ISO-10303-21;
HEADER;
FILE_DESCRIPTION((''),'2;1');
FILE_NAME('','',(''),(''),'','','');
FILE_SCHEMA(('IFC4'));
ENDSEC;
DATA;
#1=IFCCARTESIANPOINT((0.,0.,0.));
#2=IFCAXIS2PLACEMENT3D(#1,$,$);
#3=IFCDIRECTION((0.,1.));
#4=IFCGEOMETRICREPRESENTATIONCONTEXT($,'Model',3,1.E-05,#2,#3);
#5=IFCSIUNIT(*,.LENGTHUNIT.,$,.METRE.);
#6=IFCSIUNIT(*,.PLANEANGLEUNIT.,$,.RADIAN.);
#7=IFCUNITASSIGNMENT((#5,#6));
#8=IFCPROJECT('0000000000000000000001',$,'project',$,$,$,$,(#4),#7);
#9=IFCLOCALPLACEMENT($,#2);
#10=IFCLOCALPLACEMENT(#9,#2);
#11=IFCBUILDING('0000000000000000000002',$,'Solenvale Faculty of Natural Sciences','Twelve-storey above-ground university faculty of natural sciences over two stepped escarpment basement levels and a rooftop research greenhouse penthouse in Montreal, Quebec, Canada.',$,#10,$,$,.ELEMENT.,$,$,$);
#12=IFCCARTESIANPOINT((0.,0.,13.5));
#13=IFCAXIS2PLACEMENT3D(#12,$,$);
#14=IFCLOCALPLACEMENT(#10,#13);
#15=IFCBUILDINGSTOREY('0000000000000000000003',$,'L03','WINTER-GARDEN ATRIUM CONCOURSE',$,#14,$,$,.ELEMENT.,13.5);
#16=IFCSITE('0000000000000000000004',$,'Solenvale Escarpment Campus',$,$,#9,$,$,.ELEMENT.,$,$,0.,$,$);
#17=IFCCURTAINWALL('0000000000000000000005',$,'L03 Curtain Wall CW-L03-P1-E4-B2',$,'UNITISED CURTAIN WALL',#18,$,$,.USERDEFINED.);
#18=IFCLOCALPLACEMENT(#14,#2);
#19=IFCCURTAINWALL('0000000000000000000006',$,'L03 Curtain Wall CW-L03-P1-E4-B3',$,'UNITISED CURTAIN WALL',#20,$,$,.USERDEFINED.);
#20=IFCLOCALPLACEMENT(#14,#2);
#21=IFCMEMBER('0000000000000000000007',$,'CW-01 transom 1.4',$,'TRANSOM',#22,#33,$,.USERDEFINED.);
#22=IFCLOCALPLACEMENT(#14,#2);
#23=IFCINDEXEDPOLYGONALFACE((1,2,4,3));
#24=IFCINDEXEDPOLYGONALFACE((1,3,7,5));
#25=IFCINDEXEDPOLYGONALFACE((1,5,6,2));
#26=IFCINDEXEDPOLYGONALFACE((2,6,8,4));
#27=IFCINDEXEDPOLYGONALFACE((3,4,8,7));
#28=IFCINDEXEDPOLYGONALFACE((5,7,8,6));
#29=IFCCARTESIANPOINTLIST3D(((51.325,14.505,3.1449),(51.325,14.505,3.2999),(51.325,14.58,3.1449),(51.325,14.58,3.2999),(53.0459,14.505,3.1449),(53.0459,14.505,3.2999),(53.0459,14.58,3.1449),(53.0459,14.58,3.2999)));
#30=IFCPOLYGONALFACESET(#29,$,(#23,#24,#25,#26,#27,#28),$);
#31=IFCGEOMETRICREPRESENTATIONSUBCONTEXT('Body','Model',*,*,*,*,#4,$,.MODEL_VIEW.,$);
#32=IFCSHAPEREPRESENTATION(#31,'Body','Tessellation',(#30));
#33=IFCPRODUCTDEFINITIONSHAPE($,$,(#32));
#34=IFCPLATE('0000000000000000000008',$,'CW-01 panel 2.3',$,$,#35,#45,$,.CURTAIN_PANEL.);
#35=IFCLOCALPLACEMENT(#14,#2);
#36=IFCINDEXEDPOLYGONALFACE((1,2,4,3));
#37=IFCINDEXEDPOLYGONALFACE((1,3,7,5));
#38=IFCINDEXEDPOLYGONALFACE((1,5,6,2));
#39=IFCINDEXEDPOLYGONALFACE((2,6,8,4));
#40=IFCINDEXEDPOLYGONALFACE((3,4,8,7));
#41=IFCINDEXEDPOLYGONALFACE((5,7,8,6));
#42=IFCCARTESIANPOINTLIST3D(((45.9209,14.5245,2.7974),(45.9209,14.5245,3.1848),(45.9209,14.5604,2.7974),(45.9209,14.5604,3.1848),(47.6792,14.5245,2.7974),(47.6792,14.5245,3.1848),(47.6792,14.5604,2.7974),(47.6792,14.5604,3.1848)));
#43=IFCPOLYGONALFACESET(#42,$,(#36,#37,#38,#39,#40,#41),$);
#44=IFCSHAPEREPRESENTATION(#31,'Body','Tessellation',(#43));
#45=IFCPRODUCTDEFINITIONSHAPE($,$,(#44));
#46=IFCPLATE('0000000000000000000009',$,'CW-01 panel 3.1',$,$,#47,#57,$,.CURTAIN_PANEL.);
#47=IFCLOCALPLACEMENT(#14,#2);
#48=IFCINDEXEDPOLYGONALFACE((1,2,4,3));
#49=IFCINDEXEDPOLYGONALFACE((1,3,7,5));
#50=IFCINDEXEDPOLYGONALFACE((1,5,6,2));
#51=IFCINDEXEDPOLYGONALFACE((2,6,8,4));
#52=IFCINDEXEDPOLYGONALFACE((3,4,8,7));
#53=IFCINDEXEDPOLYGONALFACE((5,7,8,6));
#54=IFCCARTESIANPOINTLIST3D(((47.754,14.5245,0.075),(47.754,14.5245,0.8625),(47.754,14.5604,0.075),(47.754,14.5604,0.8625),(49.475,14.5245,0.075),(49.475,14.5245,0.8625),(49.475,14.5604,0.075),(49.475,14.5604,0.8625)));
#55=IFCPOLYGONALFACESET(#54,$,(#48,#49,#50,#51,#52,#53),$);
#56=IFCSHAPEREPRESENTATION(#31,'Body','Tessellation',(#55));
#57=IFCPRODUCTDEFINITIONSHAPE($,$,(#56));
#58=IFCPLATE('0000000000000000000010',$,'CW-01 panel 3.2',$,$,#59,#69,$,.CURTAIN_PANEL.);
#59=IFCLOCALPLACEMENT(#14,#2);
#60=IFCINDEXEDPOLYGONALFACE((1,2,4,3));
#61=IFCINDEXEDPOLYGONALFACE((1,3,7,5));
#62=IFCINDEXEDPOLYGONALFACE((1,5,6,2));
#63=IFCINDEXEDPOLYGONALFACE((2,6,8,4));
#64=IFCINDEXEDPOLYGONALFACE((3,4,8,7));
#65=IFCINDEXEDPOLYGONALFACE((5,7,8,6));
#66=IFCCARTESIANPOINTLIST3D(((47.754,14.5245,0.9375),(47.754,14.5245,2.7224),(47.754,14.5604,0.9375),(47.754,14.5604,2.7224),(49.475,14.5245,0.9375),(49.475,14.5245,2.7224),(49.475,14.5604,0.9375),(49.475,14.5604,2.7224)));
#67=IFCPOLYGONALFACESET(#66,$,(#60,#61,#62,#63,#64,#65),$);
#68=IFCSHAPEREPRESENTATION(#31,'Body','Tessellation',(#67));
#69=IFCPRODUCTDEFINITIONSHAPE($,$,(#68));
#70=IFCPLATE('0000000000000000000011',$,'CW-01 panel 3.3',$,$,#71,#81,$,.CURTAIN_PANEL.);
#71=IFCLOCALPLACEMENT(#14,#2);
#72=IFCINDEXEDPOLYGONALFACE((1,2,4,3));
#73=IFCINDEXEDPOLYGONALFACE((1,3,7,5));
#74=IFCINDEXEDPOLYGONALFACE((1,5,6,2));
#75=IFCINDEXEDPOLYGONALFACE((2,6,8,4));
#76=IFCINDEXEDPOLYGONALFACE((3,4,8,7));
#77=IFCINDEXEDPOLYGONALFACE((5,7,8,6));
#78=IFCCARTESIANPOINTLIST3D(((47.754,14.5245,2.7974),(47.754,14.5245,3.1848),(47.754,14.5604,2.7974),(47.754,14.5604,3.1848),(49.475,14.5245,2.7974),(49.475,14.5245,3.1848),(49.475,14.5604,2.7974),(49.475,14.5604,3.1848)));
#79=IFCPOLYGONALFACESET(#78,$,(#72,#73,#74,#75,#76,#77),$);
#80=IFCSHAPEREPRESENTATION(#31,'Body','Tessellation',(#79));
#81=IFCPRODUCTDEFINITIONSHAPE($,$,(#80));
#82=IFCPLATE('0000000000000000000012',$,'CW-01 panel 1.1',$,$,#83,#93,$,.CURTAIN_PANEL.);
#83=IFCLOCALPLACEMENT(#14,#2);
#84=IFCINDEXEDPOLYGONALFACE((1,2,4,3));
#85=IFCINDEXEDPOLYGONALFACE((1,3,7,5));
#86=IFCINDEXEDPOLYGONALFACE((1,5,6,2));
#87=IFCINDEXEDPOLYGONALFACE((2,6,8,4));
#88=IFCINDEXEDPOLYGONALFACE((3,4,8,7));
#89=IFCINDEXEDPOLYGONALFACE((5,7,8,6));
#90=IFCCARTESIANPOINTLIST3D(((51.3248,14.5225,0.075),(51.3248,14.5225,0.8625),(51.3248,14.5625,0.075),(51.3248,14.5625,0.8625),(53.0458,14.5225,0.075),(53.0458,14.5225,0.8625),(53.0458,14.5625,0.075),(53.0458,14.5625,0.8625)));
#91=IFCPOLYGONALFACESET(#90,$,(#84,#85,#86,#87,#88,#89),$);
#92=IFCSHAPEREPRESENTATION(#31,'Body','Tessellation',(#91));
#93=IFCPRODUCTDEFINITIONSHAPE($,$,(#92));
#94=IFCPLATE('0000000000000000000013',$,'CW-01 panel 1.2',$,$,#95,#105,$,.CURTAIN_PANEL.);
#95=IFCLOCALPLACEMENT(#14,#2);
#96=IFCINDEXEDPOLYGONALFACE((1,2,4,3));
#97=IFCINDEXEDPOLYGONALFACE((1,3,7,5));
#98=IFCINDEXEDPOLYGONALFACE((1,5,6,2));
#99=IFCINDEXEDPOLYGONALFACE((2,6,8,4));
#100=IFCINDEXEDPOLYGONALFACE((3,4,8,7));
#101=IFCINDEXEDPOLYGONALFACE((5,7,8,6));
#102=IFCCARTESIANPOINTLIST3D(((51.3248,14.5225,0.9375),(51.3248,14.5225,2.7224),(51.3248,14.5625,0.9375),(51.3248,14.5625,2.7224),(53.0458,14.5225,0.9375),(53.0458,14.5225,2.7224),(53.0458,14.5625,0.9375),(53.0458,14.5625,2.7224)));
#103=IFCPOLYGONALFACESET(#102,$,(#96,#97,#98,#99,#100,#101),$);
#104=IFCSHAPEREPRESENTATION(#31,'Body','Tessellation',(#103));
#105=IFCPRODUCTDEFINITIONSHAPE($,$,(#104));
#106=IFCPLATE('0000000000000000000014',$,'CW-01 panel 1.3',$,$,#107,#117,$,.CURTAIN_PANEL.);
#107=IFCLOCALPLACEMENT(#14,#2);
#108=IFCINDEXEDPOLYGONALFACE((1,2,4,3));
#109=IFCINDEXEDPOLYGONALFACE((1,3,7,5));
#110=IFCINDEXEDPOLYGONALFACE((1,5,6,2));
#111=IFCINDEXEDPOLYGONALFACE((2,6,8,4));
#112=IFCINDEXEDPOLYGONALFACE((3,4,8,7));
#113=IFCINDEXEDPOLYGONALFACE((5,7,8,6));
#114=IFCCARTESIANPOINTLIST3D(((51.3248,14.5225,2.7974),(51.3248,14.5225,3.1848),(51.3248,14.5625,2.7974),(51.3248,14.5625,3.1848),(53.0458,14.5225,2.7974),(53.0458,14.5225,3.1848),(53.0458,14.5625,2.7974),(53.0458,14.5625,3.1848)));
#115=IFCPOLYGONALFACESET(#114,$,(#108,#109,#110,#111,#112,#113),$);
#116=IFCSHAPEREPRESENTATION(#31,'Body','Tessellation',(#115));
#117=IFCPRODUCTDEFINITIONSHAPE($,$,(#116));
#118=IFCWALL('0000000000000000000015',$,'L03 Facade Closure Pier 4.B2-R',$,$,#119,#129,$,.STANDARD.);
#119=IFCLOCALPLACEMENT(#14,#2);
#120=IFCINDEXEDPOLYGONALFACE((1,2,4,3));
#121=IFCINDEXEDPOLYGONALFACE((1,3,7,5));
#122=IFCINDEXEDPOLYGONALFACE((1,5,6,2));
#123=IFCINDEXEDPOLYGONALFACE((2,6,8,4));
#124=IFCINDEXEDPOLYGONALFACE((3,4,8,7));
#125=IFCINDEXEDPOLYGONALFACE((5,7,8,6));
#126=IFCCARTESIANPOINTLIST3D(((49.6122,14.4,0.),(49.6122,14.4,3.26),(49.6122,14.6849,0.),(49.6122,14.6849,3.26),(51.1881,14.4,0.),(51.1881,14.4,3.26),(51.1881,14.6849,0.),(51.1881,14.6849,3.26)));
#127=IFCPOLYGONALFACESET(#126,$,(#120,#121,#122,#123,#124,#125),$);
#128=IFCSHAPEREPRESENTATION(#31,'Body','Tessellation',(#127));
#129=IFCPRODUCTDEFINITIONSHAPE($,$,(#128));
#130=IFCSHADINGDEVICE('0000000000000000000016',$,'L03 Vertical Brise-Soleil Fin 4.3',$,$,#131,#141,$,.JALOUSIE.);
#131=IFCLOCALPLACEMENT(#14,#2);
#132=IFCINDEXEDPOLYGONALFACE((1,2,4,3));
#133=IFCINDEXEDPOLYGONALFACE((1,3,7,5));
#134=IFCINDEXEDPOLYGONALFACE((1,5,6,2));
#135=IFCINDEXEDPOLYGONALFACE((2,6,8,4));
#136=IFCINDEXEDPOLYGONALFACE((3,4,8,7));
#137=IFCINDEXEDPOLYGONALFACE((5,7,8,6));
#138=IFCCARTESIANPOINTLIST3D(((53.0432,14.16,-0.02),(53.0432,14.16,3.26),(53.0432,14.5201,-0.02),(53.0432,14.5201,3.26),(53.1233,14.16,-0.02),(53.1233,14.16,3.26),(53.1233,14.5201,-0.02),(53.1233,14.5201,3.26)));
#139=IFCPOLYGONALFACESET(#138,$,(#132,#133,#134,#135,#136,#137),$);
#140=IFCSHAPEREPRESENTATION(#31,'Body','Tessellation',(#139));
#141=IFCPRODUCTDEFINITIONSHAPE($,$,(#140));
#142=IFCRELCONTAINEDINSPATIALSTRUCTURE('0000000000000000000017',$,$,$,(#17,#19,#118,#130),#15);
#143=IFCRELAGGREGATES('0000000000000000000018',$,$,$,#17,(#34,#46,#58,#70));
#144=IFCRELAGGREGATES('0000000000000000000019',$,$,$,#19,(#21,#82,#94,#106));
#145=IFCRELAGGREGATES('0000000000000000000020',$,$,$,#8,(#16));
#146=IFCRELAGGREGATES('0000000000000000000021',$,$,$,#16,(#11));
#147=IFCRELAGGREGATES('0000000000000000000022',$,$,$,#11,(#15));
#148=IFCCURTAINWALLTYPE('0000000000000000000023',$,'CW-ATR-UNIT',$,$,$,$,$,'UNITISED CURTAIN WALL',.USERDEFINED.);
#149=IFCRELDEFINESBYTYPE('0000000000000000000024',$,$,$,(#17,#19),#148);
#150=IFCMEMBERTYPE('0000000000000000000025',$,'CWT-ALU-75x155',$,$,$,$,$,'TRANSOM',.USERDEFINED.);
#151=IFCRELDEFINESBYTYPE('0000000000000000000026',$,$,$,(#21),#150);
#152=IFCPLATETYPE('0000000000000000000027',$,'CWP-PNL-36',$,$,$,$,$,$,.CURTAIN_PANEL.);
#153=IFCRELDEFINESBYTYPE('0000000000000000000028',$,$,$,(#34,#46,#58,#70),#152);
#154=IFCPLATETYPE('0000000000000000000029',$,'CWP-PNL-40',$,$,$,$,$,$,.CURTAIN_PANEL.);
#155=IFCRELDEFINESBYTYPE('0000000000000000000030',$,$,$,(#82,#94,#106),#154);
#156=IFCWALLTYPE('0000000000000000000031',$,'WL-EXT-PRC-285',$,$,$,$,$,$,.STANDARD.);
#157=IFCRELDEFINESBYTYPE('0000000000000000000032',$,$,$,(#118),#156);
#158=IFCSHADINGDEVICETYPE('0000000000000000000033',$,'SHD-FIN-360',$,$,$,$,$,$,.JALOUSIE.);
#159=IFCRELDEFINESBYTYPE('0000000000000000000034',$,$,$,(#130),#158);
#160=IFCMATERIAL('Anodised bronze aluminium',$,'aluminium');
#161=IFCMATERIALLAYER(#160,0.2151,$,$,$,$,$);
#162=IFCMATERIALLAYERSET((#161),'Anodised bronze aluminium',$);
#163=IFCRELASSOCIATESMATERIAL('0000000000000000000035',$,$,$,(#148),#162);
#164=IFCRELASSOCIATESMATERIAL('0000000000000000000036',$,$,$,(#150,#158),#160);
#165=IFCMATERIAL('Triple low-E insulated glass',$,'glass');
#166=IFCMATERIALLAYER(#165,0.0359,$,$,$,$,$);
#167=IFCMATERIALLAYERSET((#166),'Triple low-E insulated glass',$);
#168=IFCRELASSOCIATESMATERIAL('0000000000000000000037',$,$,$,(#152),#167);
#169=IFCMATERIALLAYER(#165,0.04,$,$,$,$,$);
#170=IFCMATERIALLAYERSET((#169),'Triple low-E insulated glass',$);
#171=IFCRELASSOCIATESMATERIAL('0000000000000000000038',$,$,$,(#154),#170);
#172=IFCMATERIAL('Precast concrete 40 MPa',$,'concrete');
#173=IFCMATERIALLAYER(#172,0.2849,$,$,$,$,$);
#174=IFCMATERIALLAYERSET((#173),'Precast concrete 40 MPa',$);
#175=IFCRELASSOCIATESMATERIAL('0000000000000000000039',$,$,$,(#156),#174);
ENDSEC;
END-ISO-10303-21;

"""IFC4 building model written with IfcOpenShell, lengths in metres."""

from ifc_helpers import new_model, si_unit, direction, frame, frame_2d, origin, origin_2d, place, context, subcontext, project, spatial, rectangle, extrude, material, layer, layer_set, material_profile, profile_set, type_object, element, aggregate, save


model = new_model("IFC4")

# Units and contexts
model_context = context("Model", 3, precision=1e-05, world=origin(), true_north=direction((0.0, 1.0)))
body_context = subcontext(model_context, "Body", "Model", "MODEL_VIEW")
ifc_project = project(units=[si_unit("LENGTHUNIT", "METRE"), si_unit("PLANEANGLEUNIT", "RADIAN")], contexts=[model_context])

# Site, building, storey
site_placement = place(None, origin())
site = spatial("IfcSite", under=ifc_project, at=site_placement, Name="Solenvale Escarpment Campus", CompositionType="ELEMENT", RefElevation=0.0)
building_placement = place(site_placement, origin())
building = spatial("IfcBuilding", under=site, at=building_placement, Name="Solenvale Faculty of Natural Sciences", Description="Twelve-storey above-ground university faculty of natural sciences over two stepped escarpment basement levels and a rooftop research greenhouse penthouse in Montreal, Quebec, Canada.", CompositionType="ELEMENT")
storey_placement = place(building_placement, frame((0.0, 0.0, 13.5)))
storey = spatial("IfcBuildingStorey", under=building, at=storey_placement, Name="L03", Description="WINTER-GARDEN ATRIUM CONCOURSE", CompositionType="ELEMENT", Elevation=13.5)

# Curtain walls
ifc_material_1 = material(Name="Anodised bronze aluminium", Category="aluminium")
ifc_layer_1 = layer(ifc_material_1, 0.2151)
ifc_layer_set_1 = layer_set([ifc_layer_1], Name="Anodised bronze aluminium")
curtain_wall_type = type_object("IfcCurtainWallType", Name="CW-ATR-UNIT", ElementType="UNITISED CURTAIN WALL", PredefinedType="USERDEFINED", material=ifc_layer_set_1)
curtain_wall_1_placement = place(storey_placement, origin())
curtain_wall_1 = element("IfcCurtainWall", 1, at=curtain_wall_1_placement, inside=storey, type_object=curtain_wall_type, Name="L03 Curtain Wall CW-L03-P1-E4-B2", ObjectType="UNITISED CURTAIN WALL", PredefinedType="USERDEFINED")
curtain_wall_2_placement = place(storey_placement, origin())
curtain_wall_2 = element("IfcCurtainWall", 2, at=curtain_wall_2_placement, inside=storey, type_object=curtain_wall_type, Name="L03 Curtain Wall CW-L03-P1-E4-B3", ObjectType="UNITISED CURTAIN WALL", PredefinedType="USERDEFINED")

# Member
ifc_material_profile_1 = material_profile(ifc_material_1, rectangle(XDim=0.075, YDim=0.155, at=origin_2d()), Name="ALU-TRN-75x155")
ifc_profile_set_1 = profile_set([ifc_material_profile_1], Name="Anodised bronze aluminium")
member_type_1 = type_object("IfcMemberType", Name="CWT-ALU-75x155", ElementType="TRANSOM", PredefinedType="USERDEFINED", material=ifc_profile_set_1)
member_1_placement = place(storey_placement, frame((51.325, 14.5425, 3.2224), z_axis=(1.0, 0.0, 0.0), x_axis=(0.0, 1.0, 0.0)))
member_1 = element("IfcMember", 3, at=member_1_placement, type_object=member_type_1, Name="CW-01 transom 1.4", ObjectType="TRANSOM", PredefinedType="USERDEFINED", context=body_context, shape_type="SweptSolid", body=[
    extrude(rectangle(XDim=0.075, YDim=0.155, at=origin_2d()), origin(), (0.0, 0.0, 1.0), 1.7209),
])

# Plates
ifc_material_2 = material(Name="Triple low-E insulated glass", Category="glass")
ifc_layer_2 = layer(ifc_material_2, 0.0359)
ifc_layer_set_2 = layer_set([ifc_layer_2], Name="Triple low-E insulated glass")
plate_type_1 = type_object("IfcPlateType", Name="CWP-PNL-36", PredefinedType="CURTAIN_PANEL", material=ifc_layer_set_2)
plate_1_placement = place(storey_placement, frame((46.8, 14.5425, 2.7974), z_axis=(0.0, 0.0, 1.0), x_axis=(1.0, 0.0, 0.0)))
plate_1 = element("IfcPlate", 4, at=plate_1_placement, type_object=plate_type_1, Name="CW-01 panel 2.3", PredefinedType="CURTAIN_PANEL", context=body_context, shape_type="SweptSolid", body=[
    extrude(rectangle(XDim=1.7583, YDim=0.0359, at=origin_2d()), origin(), (0.0, 0.0, 1.0), 0.3875),
])
plate_2_placement = place(storey_placement, frame((48.6145, 14.5425, 0.075), z_axis=(0.0, 0.0, 1.0), x_axis=(1.0, 0.0, 0.0)))
plate_2 = element("IfcPlate", 5, at=plate_2_placement, type_object=plate_type_1, Name="CW-01 panel 3.1", PredefinedType="CURTAIN_PANEL", context=body_context, shape_type="SweptSolid", body=[
    extrude(rectangle(XDim=1.7209, YDim=0.0359, at=origin_2d()), origin(), (0.0, 0.0, 1.0), 0.7876),
])
plate_3_placement = place(storey_placement, frame((48.6145, 14.5425, 0.9375), z_axis=(0.0, 0.0, 1.0), x_axis=(1.0, 0.0, 0.0)))
plate_3 = element("IfcPlate", 6, at=plate_3_placement, type_object=plate_type_1, Name="CW-01 panel 3.2", PredefinedType="CURTAIN_PANEL", context=body_context, shape_type="SweptSolid", body=[
    extrude(rectangle(XDim=1.7209, YDim=0.0359, at=origin_2d()), origin(), (0.0, 0.0, 1.0), 1.7849),
])
plate_4_placement = place(storey_placement, frame((48.6145, 14.5425, 2.7974), z_axis=(0.0, 0.0, 1.0), x_axis=(1.0, 0.0, 0.0)))
plate_4 = element("IfcPlate", 7, at=plate_4_placement, type_object=plate_type_1, Name="CW-01 panel 3.3", PredefinedType="CURTAIN_PANEL", context=body_context, shape_type="SweptSolid", body=[
    extrude(rectangle(XDim=1.7209, YDim=0.0359, at=origin_2d()), origin(), (0.0, 0.0, 1.0), 0.3875),
])
aggregate(curtain_wall_1, [plate_1, plate_2, plate_3, plate_4])
ifc_layer_3 = layer(ifc_material_2, 0.04)
ifc_layer_set_3 = layer_set([ifc_layer_3], Name="Triple low-E insulated glass")
plate_type_2 = type_object("IfcPlateType", Name="CWP-PNL-40", PredefinedType="CURTAIN_PANEL", material=ifc_layer_set_3)
plate_5_placement = place(storey_placement, frame((52.1853, 14.5425, 0.075), z_axis=(0.0, 0.0, 1.0), x_axis=(1.0, 0.0, 0.0)))
plate_5 = element("IfcPlate", 8, at=plate_5_placement, type_object=plate_type_2, Name="CW-01 panel 1.1", PredefinedType="CURTAIN_PANEL", context=body_context, shape_type="SweptSolid", body=[
    extrude(rectangle(XDim=1.7209, YDim=0.04, at=origin_2d()), origin(), (0.0, 0.0, 1.0), 0.7876),
])
plate_6_placement = place(storey_placement, frame((52.1853, 14.5425, 0.9375), z_axis=(0.0, 0.0, 1.0), x_axis=(1.0, 0.0, 0.0)))
plate_6 = element("IfcPlate", 9, at=plate_6_placement, type_object=plate_type_2, Name="CW-01 panel 1.2", PredefinedType="CURTAIN_PANEL", context=body_context, shape_type="SweptSolid", body=[
    extrude(rectangle(XDim=1.7209, YDim=0.04, at=origin_2d()), origin(), (0.0, 0.0, 1.0), 1.7849),
])
plate_7_placement = place(storey_placement, frame((52.1853, 14.5425, 2.7974), z_axis=(0.0, 0.0, 1.0), x_axis=(1.0, 0.0, 0.0)))
plate_7 = element("IfcPlate", 10, at=plate_7_placement, type_object=plate_type_2, Name="CW-01 panel 1.3", PredefinedType="CURTAIN_PANEL", context=body_context, shape_type="SweptSolid", body=[
    extrude(rectangle(XDim=1.7209, YDim=0.04, at=origin_2d()), origin(), (0.0, 0.0, 1.0), 0.3875),
])
aggregate(curtain_wall_2, [member_1, plate_5, plate_6, plate_7])

# Wall
ifc_material_3 = material(Name="Precast concrete 40 MPa", Category="concrete")
ifc_layer_4 = layer(ifc_material_3, 0.2849)
ifc_layer_set_4 = layer_set([ifc_layer_4], Name="Precast concrete 40 MPa")
wall_type = type_object("IfcWallType", Name="WL-EXT-PRC-285", PredefinedType="STANDARD", material=ifc_layer_set_4)
wall_placement = place(storey_placement, frame((49.6121, 14.5425, 0.0), z_axis=(0.0, 0.0, 1.0), x_axis=(1.0, 0.0, 0.0)))
element("IfcWall", 11, at=wall_placement, inside=storey, type_object=wall_type, Name="L03 Facade Closure Pier 4.B2-R", PredefinedType="STANDARD", context=body_context, shape_type="SweptSolid", body=[
    extrude(rectangle(XDim=1.5759, YDim=0.2849, at=frame_2d((0.7881, 0.0))), origin(), (0.0, 0.0, 1.0), 3.26),
])

# Shading device
ifc_material_profile_2 = material_profile(ifc_material_1, rectangle(XDim=0.0801, YDim=0.3601, at=origin_2d()), Name="ALU-FIN-80x360")
ifc_profile_set_2 = profile_set([ifc_material_profile_2], Name="Anodised bronze aluminium")
shading_device_type = type_object("IfcShadingDeviceType", Name="SHD-FIN-360", PredefinedType="JALOUSIE", material=ifc_profile_set_2)
shading_device_placement = place(storey_placement, frame((53.0833, 14.3401, -0.02), z_axis=(0.0, 0.0, 1.0), x_axis=(1.0, 0.0, 0.0)))
element("IfcShadingDevice", 12, at=shading_device_placement, inside=storey, type_object=shading_device_type, Name="L03 Vertical Brise-Soleil Fin 4.3", PredefinedType="JALOUSIE", context=body_context, shape_type="SweptSolid", body=[
    extrude(rectangle(XDim=0.0801, YDim=0.3601, at=origin_2d()), origin(), (0.0, 0.0, 1.0), 3.28),
])

save(model, "model.ifc")
